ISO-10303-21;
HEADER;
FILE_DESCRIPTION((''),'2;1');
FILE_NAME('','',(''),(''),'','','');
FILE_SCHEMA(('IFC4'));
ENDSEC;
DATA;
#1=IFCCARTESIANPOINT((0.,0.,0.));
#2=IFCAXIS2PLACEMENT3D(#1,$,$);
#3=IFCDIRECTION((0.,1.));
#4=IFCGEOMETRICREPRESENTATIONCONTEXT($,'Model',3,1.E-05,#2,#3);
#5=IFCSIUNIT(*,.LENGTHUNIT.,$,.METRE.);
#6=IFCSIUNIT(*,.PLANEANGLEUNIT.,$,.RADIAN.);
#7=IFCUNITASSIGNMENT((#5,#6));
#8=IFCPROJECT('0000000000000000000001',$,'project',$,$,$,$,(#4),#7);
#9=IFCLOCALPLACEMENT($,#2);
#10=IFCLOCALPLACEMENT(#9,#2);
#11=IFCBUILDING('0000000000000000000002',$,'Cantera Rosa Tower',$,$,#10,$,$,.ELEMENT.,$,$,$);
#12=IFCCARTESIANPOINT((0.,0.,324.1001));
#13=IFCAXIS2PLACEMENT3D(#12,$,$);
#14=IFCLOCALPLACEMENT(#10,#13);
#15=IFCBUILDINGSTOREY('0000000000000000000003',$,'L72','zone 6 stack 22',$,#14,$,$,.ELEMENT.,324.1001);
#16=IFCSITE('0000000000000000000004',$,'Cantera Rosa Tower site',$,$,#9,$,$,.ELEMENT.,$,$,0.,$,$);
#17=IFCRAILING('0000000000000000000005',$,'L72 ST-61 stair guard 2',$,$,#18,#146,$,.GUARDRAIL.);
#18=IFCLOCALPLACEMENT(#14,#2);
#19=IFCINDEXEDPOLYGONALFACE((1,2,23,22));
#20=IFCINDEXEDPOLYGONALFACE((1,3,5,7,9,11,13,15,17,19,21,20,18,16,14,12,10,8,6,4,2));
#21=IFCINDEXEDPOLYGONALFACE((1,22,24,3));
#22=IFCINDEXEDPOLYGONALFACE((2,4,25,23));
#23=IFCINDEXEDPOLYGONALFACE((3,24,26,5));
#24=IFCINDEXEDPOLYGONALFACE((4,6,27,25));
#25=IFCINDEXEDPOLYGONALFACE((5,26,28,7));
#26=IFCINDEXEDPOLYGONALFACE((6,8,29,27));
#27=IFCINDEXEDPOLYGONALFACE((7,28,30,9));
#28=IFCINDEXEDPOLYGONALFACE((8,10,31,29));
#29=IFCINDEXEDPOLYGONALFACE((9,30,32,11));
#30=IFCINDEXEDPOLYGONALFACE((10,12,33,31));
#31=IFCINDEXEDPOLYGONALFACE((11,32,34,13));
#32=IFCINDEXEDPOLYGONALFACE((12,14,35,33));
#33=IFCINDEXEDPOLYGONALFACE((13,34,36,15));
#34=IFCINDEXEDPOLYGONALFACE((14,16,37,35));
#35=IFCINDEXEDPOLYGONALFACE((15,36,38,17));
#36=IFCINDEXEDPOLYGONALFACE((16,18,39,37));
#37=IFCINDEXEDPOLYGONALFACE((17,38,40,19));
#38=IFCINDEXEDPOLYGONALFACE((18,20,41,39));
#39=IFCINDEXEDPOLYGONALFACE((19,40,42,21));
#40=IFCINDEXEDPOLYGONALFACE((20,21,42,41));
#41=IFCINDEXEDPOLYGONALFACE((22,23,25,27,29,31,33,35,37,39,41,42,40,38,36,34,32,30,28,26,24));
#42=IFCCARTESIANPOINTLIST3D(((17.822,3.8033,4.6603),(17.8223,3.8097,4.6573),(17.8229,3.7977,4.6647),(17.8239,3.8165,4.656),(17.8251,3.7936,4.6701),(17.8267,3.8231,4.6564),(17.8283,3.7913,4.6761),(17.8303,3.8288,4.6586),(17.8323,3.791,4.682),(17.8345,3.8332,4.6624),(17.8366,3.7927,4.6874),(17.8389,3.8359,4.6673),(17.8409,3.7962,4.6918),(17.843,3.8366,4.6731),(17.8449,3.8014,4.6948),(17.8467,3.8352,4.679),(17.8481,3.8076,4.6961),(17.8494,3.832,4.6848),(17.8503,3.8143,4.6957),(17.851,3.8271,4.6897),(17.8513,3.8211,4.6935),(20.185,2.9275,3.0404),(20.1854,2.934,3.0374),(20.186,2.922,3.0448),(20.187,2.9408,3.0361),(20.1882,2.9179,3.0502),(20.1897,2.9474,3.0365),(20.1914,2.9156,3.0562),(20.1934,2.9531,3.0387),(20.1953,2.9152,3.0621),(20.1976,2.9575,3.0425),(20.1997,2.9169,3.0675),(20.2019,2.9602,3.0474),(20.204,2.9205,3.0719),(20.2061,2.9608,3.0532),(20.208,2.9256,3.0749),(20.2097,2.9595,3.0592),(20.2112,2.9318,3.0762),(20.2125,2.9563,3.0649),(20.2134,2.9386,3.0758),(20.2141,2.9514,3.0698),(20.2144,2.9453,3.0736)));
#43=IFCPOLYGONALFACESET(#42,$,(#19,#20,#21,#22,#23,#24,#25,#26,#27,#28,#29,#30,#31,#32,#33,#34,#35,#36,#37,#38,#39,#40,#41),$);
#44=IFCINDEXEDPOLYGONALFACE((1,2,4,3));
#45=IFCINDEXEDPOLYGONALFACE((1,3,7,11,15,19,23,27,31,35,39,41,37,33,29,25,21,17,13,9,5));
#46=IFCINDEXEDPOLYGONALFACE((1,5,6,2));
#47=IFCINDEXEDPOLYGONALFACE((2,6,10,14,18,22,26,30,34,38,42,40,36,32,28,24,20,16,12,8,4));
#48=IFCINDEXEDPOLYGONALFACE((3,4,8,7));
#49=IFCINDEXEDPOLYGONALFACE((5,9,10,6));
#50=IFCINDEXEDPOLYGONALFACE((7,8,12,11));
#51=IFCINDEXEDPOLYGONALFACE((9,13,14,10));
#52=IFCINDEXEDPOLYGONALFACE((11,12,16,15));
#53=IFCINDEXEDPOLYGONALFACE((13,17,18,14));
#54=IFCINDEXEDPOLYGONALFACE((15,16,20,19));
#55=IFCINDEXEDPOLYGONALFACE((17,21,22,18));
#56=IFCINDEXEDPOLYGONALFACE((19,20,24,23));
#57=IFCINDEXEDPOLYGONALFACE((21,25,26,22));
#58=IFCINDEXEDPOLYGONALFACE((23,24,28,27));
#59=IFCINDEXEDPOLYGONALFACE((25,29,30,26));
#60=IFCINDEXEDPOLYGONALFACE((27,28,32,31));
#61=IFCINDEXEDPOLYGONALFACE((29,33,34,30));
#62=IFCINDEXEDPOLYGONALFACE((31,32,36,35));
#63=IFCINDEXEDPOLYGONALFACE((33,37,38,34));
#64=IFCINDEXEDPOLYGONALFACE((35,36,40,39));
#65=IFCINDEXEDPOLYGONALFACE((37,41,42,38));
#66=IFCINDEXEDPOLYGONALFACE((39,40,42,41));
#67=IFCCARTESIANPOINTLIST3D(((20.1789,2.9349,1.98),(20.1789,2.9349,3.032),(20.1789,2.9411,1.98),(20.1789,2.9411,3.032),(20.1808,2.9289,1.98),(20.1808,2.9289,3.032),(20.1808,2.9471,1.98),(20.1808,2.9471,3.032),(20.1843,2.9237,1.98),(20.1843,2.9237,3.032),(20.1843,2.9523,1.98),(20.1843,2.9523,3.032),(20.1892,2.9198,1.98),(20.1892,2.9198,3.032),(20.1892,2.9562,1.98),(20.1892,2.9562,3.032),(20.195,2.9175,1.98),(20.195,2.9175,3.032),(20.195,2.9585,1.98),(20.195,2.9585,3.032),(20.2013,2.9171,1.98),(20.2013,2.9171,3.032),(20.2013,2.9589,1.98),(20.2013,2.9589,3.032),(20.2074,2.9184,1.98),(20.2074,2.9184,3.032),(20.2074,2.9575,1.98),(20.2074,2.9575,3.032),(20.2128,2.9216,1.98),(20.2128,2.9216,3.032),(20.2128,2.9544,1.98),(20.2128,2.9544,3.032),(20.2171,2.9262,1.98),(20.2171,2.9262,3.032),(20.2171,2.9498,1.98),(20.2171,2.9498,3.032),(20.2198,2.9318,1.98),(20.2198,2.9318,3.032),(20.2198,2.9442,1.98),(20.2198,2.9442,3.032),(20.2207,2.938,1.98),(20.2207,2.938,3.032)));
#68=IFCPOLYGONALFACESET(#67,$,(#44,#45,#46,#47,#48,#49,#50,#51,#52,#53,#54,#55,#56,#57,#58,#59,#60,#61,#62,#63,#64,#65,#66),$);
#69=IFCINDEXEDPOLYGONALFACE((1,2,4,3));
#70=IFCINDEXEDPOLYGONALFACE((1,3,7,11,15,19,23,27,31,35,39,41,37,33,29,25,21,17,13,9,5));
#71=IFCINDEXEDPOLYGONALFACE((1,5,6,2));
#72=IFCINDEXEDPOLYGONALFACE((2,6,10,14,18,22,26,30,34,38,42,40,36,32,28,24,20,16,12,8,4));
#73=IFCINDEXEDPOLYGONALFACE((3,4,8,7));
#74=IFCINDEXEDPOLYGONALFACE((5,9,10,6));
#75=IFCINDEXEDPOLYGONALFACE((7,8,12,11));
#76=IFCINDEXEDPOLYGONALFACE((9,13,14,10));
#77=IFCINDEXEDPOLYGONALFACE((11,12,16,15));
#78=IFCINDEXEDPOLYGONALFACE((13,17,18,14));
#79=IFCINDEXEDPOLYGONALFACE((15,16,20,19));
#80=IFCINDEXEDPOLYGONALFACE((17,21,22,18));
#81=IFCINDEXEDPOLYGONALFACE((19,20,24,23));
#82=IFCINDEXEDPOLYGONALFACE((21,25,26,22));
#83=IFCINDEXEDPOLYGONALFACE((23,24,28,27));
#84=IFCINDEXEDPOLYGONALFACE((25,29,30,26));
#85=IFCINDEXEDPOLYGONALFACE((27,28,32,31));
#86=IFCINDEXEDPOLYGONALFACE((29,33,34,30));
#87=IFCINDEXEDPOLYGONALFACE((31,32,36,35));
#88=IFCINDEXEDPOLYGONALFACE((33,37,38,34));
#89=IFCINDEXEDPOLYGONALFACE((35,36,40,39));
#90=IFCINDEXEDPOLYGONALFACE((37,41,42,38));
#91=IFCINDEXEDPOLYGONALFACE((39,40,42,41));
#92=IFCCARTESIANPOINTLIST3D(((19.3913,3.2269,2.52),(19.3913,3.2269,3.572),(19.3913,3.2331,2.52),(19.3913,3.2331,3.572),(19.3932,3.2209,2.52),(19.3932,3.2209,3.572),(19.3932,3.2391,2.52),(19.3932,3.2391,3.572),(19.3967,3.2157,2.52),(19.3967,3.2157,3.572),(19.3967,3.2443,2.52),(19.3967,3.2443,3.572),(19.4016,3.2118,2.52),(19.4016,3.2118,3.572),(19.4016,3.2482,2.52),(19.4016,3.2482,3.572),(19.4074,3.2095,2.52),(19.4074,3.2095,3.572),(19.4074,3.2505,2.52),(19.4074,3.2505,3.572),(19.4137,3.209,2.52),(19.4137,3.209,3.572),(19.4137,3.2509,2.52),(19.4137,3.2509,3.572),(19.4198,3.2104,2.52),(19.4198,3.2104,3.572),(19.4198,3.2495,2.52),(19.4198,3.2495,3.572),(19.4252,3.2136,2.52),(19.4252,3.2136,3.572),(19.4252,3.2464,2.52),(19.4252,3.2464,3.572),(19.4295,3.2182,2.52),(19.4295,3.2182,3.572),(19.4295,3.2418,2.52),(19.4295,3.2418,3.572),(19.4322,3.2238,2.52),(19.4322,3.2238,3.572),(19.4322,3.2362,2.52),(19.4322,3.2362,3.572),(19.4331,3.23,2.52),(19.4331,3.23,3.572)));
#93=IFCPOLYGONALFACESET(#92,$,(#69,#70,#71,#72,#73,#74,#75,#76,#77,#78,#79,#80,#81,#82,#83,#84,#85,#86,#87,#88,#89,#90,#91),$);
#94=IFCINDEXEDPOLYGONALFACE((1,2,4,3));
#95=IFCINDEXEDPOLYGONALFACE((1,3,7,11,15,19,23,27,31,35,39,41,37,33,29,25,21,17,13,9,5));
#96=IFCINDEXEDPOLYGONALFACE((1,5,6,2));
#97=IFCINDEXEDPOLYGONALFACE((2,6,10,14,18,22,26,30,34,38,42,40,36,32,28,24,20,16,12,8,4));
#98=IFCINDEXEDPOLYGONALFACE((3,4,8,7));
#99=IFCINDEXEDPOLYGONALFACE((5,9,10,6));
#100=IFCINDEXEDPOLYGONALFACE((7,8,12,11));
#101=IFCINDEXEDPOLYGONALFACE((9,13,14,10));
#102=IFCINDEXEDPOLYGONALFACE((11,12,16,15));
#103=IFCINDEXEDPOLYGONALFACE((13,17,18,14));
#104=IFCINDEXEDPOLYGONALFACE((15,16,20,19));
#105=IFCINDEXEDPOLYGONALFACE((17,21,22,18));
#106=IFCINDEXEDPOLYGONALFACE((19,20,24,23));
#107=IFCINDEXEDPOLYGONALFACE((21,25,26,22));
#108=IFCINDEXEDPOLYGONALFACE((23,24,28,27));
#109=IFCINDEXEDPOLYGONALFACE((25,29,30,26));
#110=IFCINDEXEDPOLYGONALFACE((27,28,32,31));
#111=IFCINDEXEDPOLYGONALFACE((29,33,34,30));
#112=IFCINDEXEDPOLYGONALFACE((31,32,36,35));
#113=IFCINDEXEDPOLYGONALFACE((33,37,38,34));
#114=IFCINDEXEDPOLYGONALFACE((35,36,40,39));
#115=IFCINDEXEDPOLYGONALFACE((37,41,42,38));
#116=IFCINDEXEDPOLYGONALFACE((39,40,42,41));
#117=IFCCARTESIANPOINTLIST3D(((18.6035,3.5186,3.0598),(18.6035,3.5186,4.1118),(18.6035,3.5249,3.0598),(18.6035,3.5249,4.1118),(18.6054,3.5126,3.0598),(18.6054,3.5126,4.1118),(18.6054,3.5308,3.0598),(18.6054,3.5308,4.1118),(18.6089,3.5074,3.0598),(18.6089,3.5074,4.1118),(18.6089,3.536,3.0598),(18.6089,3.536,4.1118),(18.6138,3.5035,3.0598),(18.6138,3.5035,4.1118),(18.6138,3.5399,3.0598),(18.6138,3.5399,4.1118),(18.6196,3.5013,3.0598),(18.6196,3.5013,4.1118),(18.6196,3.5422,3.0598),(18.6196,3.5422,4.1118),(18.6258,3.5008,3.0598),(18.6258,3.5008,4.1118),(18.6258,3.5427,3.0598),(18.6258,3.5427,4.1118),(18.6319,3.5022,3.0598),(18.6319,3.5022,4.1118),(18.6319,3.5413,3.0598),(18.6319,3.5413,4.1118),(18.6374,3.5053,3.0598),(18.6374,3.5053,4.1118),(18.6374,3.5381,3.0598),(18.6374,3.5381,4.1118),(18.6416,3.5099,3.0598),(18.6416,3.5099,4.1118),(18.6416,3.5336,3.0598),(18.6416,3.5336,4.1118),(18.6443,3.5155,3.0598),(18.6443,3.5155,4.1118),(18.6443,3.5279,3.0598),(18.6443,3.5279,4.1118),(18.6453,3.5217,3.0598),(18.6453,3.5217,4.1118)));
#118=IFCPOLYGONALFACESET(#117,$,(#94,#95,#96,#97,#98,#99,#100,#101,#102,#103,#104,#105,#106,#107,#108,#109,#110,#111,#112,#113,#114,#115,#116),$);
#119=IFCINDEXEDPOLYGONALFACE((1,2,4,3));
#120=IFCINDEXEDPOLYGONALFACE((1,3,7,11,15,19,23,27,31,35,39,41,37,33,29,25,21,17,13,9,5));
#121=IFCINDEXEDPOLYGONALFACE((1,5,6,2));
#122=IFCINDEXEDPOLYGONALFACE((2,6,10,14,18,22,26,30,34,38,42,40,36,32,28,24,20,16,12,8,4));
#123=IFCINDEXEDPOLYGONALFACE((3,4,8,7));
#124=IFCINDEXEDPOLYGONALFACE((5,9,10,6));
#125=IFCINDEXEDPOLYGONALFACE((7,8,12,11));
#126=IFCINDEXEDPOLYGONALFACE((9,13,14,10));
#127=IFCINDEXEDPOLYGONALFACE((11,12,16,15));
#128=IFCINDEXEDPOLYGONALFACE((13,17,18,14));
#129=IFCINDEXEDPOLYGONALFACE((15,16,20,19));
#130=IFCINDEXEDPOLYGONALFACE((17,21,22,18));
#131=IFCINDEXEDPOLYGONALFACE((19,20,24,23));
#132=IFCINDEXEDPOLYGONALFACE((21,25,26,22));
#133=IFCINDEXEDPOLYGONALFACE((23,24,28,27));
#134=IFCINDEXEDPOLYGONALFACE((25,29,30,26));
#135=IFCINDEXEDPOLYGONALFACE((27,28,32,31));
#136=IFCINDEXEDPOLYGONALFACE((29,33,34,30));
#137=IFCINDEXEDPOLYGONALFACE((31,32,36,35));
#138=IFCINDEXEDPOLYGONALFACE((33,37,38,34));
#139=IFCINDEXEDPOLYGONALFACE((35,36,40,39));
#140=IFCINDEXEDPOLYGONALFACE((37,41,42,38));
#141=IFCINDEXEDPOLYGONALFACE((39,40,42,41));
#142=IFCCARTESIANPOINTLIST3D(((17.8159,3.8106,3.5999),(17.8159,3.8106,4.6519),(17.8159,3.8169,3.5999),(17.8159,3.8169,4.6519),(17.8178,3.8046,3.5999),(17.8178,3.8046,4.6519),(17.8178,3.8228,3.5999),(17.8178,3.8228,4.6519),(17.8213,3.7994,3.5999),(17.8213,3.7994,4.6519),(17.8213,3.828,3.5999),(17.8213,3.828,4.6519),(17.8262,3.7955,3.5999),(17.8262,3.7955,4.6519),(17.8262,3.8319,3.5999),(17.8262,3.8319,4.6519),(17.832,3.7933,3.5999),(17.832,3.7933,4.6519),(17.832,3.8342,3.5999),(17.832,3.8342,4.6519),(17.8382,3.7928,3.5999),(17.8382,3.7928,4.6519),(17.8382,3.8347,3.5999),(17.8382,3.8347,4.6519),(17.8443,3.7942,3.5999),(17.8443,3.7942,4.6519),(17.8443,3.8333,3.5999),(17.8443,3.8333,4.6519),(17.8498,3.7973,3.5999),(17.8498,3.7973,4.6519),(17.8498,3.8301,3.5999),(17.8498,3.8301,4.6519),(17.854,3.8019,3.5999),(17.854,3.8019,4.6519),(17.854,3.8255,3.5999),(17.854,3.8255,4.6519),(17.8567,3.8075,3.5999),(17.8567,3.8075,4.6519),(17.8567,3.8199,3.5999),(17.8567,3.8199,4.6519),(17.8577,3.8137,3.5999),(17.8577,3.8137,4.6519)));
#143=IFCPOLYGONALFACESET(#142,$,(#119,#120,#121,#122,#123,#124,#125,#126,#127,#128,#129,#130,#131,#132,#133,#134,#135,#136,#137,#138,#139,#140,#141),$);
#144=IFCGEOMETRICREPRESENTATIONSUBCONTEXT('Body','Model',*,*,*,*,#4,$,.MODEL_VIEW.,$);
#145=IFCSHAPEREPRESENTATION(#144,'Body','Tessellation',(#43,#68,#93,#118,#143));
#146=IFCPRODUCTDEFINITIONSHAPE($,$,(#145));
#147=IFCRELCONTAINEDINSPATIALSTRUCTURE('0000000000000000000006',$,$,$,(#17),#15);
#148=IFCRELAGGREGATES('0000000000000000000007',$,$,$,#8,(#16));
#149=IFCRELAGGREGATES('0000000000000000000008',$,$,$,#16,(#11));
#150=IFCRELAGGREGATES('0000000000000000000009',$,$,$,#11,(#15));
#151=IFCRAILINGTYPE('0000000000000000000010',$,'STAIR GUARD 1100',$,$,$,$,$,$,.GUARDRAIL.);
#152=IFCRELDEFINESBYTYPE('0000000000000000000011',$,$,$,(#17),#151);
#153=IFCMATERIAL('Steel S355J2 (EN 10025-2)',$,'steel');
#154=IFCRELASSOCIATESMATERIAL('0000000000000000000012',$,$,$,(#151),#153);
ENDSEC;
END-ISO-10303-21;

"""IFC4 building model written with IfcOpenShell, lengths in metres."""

from ifc_helpers import new_model, si_unit, direction, frame, origin, origin_2d, place, context, subcontext, project, spatial, circle, extrude, material, type_object, element, save


model = new_model("IFC4")

# Units and contexts
model_context = context("Model", 3, precision=1e-05, world=origin(), true_north=direction((0.0, 1.0)))
body_context = subcontext(model_context, "Body", "Model", "MODEL_VIEW")
ifc_project = project(units=[si_unit("LENGTHUNIT", "METRE"), si_unit("PLANEANGLEUNIT", "RADIAN")], contexts=[model_context])

# Site, building, storey
site_placement = place(None, origin())
site = spatial("IfcSite", under=ifc_project, at=site_placement, Name="Cantera Rosa Tower site", CompositionType="ELEMENT", RefElevation=0.0)
building_placement = place(site_placement, origin())
building = spatial("IfcBuilding", under=site, at=building_placement, Name="Cantera Rosa Tower", CompositionType="ELEMENT")
storey_placement = place(building_placement, frame((0.0, 0.0, 324.1001)))
storey = spatial("IfcBuildingStorey", under=building, at=storey_placement, Name="L72", Description="zone 6 stack 22", CompositionType="ELEMENT", Elevation=324.1001)

# Railing
ifc_material_1 = material(Name="Steel S355J2 (EN 10025-2)", Category="steel")
railing_type_1 = type_object("IfcRailingType", Name="STAIR GUARD 1100", PredefinedType="GUARDRAIL", material=ifc_material_1)
railing_1_placement = place(storey_placement, frame((20.1997, 2.938, 1.98)))
element("IfcRailing", 1, at=railing_1_placement, inside=storey, type_object=railing_type_1, Name="L72 ST-61 stair guard 2", PredefinedType="GUARDRAIL", context=body_context, shape_type="SweptSolid", body=[
    extrude(circle(Radius=0.0239, at=origin_2d()), frame((0.0, 0.0, 1.0762), z_axis=(-0.788782, 0.29232, 0.540714), x_axis=(-0.347501, -0.93768, 0.0)), (0.0, 0.0, 1.0), 2.9958),
    extrude(circle(Radius=0.021, at=origin_2d()), origin(), (0.0, 0.0, 1.0), 1.052),
    extrude(circle(Radius=0.021, at=origin_2d()), frame((-0.7876, 0.292, 0.54)), (0.0, 0.0, 1.0), 1.052),
    extrude(circle(Radius=0.021, at=origin_2d()), frame((-1.5754, 0.5837, 1.0798)), (0.0, 0.0, 1.0), 1.052),
    extrude(circle(Radius=0.021, at=origin_2d()), frame((-2.363, 0.8757, 1.6199)), (0.0, 0.0, 1.0), 1.052),
])

save(model, "model.ifc")
